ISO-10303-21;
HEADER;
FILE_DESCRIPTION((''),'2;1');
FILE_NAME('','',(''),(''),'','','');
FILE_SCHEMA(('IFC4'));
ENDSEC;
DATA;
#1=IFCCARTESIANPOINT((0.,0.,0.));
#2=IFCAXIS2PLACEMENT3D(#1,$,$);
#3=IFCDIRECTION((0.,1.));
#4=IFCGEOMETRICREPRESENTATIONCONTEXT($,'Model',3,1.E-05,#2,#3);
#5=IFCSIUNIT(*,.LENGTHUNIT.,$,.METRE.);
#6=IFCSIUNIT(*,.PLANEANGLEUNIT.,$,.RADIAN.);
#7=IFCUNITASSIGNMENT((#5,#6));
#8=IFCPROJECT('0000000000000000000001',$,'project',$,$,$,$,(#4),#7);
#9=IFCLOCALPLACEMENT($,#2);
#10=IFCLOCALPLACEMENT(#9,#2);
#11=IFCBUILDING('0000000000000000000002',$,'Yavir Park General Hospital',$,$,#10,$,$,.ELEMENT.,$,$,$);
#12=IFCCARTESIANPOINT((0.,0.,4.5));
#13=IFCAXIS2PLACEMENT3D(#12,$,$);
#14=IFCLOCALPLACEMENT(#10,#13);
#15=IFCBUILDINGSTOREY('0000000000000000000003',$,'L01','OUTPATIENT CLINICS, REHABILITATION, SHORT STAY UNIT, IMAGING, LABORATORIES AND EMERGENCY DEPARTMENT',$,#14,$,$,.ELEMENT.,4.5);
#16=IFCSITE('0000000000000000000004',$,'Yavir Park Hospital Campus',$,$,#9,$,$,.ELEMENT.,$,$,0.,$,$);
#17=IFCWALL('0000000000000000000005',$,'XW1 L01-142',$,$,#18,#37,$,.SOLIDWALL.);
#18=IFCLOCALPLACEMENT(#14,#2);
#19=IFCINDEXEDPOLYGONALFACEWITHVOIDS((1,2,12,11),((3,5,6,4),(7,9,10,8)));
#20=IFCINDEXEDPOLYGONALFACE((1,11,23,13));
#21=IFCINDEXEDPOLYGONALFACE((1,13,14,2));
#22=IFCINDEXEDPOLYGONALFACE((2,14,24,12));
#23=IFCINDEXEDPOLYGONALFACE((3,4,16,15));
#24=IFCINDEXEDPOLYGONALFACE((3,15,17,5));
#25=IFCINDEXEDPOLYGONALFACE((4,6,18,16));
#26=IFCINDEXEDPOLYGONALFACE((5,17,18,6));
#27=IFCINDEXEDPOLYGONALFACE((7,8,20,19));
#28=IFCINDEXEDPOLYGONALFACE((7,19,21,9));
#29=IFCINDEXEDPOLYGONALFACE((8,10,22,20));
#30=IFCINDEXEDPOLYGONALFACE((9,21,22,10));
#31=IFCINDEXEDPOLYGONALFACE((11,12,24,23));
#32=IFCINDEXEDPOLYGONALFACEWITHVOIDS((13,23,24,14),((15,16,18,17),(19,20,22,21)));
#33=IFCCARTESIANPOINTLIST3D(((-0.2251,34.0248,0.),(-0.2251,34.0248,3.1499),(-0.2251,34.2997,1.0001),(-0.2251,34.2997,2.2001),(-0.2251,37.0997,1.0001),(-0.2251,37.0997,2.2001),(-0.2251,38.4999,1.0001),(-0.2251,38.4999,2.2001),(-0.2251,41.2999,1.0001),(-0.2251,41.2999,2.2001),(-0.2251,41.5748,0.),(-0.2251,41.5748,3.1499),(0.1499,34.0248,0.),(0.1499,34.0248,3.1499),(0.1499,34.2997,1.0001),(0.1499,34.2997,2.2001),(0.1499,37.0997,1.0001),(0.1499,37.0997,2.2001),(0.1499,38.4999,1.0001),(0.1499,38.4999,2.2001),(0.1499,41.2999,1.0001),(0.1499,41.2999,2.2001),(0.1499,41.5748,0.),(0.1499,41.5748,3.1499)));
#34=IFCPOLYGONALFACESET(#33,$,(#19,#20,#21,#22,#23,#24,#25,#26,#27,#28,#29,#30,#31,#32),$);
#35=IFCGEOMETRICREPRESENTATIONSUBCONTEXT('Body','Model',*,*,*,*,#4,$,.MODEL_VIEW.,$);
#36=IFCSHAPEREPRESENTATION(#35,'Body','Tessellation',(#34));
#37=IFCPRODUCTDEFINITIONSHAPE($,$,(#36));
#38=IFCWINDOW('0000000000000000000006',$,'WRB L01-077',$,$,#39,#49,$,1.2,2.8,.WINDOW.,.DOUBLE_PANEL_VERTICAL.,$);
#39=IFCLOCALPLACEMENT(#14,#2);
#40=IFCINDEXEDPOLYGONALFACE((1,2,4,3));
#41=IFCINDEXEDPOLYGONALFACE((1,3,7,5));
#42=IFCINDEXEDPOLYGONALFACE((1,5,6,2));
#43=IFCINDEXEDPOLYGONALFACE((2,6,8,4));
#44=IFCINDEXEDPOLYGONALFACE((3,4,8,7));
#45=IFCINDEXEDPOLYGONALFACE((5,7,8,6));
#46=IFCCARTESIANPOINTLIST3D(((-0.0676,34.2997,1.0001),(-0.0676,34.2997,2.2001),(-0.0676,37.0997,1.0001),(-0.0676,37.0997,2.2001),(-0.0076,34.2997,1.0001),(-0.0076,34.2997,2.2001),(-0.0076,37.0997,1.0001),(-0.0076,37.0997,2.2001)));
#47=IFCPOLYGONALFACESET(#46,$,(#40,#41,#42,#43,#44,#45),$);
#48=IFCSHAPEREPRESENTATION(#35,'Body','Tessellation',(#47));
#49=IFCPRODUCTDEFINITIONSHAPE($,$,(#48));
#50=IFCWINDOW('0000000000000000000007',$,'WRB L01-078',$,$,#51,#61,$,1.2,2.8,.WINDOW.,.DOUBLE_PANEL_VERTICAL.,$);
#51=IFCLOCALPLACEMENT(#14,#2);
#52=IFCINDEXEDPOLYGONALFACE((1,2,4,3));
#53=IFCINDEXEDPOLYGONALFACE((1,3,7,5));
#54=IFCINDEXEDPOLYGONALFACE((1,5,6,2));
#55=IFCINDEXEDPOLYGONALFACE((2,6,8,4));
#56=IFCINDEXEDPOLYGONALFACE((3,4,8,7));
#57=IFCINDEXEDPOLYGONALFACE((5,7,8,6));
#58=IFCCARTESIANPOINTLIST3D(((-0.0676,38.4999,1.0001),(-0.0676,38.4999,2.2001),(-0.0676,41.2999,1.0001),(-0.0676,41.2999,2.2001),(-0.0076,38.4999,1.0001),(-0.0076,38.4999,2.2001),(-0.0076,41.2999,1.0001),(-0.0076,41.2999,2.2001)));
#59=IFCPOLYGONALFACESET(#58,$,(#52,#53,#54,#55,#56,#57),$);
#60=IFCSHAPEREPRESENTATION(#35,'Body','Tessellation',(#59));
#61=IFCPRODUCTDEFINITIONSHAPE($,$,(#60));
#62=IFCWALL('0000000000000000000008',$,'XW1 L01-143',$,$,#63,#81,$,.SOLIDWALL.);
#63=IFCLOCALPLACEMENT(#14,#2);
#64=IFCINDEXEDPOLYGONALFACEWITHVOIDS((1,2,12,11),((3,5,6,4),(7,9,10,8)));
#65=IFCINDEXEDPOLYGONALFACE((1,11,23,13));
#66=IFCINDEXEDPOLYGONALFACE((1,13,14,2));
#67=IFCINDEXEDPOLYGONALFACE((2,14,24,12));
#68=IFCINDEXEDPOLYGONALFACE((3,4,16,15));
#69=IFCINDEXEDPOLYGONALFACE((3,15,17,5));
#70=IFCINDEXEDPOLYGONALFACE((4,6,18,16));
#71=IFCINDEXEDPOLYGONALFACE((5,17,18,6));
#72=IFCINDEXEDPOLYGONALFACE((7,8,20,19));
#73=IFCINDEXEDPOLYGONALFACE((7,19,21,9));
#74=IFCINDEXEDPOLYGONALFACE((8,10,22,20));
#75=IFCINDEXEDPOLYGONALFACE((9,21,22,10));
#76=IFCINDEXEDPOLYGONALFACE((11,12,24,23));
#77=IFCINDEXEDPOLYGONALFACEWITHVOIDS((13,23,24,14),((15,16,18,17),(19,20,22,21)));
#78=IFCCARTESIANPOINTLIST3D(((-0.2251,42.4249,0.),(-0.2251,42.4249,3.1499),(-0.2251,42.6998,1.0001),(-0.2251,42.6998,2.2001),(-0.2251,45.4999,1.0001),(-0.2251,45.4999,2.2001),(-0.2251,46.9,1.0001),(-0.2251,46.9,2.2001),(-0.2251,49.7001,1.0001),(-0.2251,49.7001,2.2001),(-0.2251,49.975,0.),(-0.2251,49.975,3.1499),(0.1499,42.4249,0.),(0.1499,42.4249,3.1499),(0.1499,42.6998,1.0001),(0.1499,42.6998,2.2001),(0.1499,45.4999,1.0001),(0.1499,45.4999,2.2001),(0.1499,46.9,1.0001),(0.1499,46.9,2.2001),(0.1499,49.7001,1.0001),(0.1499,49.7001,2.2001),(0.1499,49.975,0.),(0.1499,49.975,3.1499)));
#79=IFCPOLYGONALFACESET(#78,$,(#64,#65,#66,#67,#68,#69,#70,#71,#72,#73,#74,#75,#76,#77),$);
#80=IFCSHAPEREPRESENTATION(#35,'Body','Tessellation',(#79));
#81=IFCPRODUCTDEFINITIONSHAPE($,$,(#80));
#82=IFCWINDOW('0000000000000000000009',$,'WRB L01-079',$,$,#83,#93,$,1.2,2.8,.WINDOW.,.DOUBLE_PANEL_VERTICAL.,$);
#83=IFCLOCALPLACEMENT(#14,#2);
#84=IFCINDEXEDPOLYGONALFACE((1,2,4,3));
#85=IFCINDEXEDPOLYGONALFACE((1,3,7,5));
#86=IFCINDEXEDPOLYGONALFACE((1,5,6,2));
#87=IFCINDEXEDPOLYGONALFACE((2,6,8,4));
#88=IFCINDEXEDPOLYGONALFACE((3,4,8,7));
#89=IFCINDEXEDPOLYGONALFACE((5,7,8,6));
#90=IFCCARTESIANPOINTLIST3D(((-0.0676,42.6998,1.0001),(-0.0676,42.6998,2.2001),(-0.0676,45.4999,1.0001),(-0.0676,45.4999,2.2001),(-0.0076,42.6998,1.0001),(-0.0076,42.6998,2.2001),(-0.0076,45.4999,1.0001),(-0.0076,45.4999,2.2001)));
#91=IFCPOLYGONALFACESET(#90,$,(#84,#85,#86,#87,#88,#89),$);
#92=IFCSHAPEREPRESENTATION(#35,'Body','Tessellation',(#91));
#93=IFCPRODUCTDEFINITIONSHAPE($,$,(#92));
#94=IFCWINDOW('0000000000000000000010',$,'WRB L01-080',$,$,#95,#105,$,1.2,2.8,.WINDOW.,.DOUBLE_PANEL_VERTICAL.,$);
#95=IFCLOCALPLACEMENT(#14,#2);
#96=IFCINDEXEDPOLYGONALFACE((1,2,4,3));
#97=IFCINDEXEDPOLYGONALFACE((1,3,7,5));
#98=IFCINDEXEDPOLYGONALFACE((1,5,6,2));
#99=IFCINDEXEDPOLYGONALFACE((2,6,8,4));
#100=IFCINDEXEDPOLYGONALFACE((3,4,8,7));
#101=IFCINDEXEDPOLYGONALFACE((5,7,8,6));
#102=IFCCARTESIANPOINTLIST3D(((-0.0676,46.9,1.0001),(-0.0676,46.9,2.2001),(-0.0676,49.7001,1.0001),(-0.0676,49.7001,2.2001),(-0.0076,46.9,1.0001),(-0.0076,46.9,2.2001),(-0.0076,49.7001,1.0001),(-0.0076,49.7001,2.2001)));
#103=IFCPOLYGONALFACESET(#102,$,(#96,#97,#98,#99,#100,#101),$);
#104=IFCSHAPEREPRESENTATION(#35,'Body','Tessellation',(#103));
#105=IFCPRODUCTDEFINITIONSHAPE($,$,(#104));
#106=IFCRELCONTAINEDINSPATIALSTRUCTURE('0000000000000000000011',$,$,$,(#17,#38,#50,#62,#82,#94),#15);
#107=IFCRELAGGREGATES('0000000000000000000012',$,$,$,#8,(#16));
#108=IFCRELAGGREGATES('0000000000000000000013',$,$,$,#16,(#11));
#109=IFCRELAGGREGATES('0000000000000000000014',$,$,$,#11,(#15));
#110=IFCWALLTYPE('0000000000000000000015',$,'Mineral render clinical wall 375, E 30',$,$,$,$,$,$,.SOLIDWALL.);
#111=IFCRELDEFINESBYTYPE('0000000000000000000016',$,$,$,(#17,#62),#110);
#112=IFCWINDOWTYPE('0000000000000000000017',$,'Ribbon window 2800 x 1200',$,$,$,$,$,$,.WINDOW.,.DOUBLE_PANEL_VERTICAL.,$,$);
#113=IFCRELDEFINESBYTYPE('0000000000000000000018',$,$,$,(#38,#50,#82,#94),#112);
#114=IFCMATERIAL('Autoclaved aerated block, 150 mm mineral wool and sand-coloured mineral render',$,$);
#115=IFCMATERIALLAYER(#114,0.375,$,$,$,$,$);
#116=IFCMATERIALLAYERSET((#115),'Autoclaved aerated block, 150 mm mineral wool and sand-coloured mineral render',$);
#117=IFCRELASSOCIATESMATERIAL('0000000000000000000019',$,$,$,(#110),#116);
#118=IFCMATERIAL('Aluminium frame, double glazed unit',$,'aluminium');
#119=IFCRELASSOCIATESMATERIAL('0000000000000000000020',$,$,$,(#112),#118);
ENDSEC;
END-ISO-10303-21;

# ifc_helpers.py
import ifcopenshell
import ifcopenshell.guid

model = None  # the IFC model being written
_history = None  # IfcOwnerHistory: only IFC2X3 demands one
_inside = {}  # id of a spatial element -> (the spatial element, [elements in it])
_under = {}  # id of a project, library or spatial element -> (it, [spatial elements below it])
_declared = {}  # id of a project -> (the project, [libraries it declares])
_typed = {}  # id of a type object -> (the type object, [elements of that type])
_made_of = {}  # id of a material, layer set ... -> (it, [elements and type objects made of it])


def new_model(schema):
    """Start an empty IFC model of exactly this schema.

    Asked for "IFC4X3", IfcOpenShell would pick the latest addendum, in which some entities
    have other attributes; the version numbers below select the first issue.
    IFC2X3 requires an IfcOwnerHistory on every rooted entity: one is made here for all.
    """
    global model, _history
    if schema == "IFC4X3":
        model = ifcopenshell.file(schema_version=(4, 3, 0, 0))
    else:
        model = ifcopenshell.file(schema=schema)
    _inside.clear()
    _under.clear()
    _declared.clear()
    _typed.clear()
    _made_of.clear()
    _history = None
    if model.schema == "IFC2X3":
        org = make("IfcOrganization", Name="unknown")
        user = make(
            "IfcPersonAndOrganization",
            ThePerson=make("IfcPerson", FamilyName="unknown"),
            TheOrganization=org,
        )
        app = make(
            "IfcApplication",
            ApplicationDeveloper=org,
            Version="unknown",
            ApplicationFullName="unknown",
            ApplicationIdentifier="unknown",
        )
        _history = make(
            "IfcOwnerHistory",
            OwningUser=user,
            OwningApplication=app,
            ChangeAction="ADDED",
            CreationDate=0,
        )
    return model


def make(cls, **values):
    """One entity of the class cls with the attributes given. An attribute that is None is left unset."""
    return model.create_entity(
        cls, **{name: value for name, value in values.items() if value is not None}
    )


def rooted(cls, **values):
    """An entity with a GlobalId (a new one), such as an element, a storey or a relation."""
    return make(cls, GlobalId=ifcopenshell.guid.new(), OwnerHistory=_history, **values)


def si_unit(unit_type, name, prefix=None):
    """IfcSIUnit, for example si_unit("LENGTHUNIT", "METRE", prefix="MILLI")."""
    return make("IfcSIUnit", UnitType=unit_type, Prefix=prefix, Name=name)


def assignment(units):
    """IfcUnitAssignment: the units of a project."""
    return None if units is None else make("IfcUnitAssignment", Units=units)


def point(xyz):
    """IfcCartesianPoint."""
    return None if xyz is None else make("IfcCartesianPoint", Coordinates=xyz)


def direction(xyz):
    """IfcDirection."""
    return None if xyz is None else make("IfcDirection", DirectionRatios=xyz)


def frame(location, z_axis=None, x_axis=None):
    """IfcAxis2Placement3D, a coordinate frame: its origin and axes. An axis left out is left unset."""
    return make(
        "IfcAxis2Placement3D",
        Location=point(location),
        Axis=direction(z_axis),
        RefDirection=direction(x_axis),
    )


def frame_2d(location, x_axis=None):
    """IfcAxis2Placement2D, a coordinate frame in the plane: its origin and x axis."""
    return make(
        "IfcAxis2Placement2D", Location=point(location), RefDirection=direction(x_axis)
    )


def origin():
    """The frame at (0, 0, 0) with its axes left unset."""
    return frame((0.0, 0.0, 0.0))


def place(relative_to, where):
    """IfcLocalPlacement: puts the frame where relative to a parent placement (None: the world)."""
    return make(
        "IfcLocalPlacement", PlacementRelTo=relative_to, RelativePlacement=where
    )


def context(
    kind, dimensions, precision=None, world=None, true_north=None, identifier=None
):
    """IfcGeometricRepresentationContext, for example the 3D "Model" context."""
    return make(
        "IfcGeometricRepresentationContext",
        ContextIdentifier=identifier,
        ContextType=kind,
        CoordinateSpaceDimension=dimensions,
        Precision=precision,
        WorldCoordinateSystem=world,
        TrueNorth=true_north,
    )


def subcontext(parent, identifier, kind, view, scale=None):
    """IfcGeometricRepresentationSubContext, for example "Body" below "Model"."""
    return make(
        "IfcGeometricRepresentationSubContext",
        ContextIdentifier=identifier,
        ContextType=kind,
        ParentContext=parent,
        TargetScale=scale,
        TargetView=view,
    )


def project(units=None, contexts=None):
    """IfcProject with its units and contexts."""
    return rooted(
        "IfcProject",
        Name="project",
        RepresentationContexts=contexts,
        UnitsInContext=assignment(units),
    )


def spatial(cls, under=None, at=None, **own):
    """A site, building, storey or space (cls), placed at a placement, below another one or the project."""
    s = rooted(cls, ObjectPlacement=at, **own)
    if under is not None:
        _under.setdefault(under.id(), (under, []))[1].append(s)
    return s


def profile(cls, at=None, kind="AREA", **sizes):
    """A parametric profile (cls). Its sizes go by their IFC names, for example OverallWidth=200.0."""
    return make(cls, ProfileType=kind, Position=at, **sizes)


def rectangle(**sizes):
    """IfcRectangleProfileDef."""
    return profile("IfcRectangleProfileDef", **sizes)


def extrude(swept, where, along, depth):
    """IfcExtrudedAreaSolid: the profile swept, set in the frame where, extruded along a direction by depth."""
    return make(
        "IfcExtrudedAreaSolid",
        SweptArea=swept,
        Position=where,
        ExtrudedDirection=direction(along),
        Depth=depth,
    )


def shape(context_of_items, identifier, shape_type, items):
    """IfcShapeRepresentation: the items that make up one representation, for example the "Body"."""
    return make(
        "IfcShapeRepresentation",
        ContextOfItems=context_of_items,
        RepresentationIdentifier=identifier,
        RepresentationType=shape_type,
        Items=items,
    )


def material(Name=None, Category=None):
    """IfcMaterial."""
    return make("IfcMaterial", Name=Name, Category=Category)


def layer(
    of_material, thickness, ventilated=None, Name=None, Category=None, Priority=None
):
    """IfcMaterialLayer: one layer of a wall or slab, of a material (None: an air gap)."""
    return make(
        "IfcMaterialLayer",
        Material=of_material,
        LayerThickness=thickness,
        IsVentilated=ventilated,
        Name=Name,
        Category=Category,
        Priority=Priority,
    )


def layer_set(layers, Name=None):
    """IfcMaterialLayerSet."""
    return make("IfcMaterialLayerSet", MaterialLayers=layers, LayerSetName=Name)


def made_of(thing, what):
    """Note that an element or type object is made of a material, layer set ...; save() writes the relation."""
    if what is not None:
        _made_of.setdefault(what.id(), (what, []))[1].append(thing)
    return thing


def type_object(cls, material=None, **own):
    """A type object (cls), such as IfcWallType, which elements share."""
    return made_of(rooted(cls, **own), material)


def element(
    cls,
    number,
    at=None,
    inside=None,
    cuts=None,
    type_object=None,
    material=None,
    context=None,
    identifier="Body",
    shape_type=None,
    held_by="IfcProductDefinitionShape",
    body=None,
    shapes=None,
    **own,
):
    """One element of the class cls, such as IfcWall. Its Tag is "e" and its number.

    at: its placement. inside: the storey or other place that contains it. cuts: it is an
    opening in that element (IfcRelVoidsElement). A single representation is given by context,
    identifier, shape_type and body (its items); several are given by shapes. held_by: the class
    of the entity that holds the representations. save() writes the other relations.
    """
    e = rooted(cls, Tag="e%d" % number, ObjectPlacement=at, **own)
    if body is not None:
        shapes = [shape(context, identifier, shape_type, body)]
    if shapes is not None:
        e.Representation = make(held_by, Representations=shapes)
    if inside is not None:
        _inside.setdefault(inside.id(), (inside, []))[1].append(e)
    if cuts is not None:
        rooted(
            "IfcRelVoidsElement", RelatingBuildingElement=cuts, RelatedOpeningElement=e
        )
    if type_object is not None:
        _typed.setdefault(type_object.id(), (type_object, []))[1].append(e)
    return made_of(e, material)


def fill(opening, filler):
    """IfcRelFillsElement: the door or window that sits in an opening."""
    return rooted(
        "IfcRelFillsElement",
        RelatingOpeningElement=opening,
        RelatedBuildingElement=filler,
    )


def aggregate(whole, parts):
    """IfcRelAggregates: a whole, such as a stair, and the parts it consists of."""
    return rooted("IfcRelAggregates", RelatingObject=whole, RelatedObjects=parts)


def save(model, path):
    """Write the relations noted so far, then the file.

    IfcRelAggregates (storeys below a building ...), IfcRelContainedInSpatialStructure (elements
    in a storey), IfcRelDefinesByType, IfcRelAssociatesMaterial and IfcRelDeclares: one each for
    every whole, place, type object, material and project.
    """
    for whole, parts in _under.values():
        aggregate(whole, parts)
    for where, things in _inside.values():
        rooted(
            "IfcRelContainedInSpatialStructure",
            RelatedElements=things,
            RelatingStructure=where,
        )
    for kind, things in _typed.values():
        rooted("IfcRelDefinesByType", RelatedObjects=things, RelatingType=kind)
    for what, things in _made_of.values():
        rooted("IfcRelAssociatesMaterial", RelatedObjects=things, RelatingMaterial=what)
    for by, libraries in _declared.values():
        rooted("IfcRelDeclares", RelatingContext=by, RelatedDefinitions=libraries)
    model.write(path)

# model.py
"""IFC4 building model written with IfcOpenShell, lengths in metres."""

from ifc_helpers import new_model, si_unit, direction, frame, frame_2d, origin, place, context, subcontext, project, spatial, rectangle, extrude, material, layer, layer_set, type_object, element, fill, save


model = new_model("IFC4")

# Units and contexts
model_context = context("Model", 3, precision=1e-05, world=origin(), true_north=direction((0.0, 1.0)))
body_context = subcontext(model_context, "Body", "Model", "MODEL_VIEW")
ifc_project = project(units=[si_unit("LENGTHUNIT", "METRE"), si_unit("PLANEANGLEUNIT", "RADIAN")], contexts=[model_context])

# Site, building, storey
site_placement = place(None, origin())
site = spatial("IfcSite", under=ifc_project, at=site_placement, Name="Yavir Park Hospital Campus", CompositionType="ELEMENT", RefElevation=0.0)
building_placement = place(site_placement, origin())
building = spatial("IfcBuilding", under=site, at=building_placement, Name="Yavir Park General Hospital", CompositionType="ELEMENT")
storey_placement = place(building_placement, frame((0.0, 0.0, 4.5)))
storey = spatial("IfcBuildingStorey", under=building, at=storey_placement, Name="L01", Description="OUTPATIENT CLINICS, REHABILITATION, SHORT STAY UNIT, IMAGING, LABORATORIES AND EMERGENCY DEPARTMENT", CompositionType="ELEMENT", Elevation=4.5)

# Walls, openings, windows
ifc_material_1 = material(Name="Autoclaved aerated block, 150 mm mineral wool and sand-coloured mineral render")
ifc_layer_1 = layer(ifc_material_1, 0.375)
ifc_layer_set_1 = layer_set([ifc_layer_1], Name="Autoclaved aerated block, 150 mm mineral wool and sand-coloured mineral render")
wall_type_1 = type_object("IfcWallType", Name="Mineral render clinical wall 375, E 30", PredefinedType="SOLIDWALL", material=ifc_layer_set_1)
wall_1_placement = place(storey_placement, frame((-0.0376, 34.0249, 0.0), z_axis=(0.0, 0.0, 1.0), x_axis=(0.0, 1.0, 0.0)))
wall_1 = element("IfcWall", 1, at=wall_1_placement, inside=storey, type_object=wall_type_1, Name="XW1 L01-142", PredefinedType="SOLIDWALL", context=body_context, shape_type="SweptSolid", body=[
    extrude(rectangle(XDim=7.55, YDim=0.375, at=frame_2d((3.7749, 0.0))), origin(), (0.0, 0.0, 1.0), 3.1499),
])
opening_1_placement = place(wall_1_placement, frame((0.2749, 0.0, 1.0)))
opening_1 = element("IfcOpeningElement", 2, at=opening_1_placement, cuts=wall_1, PredefinedType="OPENING", context=body_context, shape_type="SweptSolid", body=[
    extrude(rectangle(XDim=2.8, YDim=1.2, at=frame_2d((1.3999, 0.6001))), frame((0.0, 0.1975, 0.0), z_axis=(0.0, -1.0, 0.0), x_axis=(1.0, 0.0, 0.0)), (0.0, 0.0, 1.0), 0.395),
])
opening_2_placement = place(wall_1_placement, frame((4.4751, 0.0, 1.0)))
opening_2 = element("IfcOpeningElement", 3, at=opening_2_placement, cuts=wall_1, PredefinedType="OPENING", context=body_context, shape_type="SweptSolid", body=[
    extrude(rectangle(XDim=2.8, YDim=1.2, at=frame_2d((1.3999, 0.6001))), frame((0.0, 0.1975, 0.0), z_axis=(0.0, -1.0, 0.0), x_axis=(1.0, 0.0, 0.0)), (0.0, 0.0, 1.0), 0.395),
])
ifc_material_2 = material(Name="Aluminium frame, double glazed unit", Category="aluminium")
window_type = type_object("IfcWindowType", Name="Ribbon window 2800 x 1200", PartitioningType="DOUBLE_PANEL_VERTICAL", PredefinedType="WINDOW", material=ifc_material_2)
window_1_placement = place(opening_1_placement, origin())
window_1 = element("IfcWindow", 4, at=window_1_placement, inside=storey, type_object=window_type, Name="WRB L01-077", OverallHeight=1.2, OverallWidth=2.8, PartitioningType="DOUBLE_PANEL_VERTICAL", PredefinedType="WINDOW", context=body_context, shape_type="SweptSolid", body=[
    extrude(rectangle(XDim=2.8, YDim=1.2, at=frame_2d((1.3999, 0.6001))), frame((0.0, 0.03, 0.0), z_axis=(0.0, -1.0, 0.0), x_axis=(1.0, 0.0, 0.0)), (0.0, 0.0, 1.0), 0.0601),
])
fill(opening_1, window_1)
window_2_placement = place(opening_2_placement, origin())
window_2 = element("IfcWindow", 5, at=window_2_placement, inside=storey, type_object=window_type, Name="WRB L01-078", OverallHeight=1.2, OverallWidth=2.8, PartitioningType="DOUBLE_PANEL_VERTICAL", PredefinedType="WINDOW", context=body_context, shape_type="SweptSolid", body=[
    extrude(rectangle(XDim=2.8, YDim=1.2, at=frame_2d((1.3999, 0.6001))), frame((0.0, 0.03, 0.0), z_axis=(0.0, -1.0, 0.0), x_axis=(1.0, 0.0, 0.0)), (0.0, 0.0, 1.0), 0.0601),
])
fill(opening_2, window_2)
wall_2_placement = place(storey_placement, frame((-0.0376, 42.425, 0.0), z_axis=(0.0, 0.0, 1.0), x_axis=(0.0, 1.0, 0.0)))
wall_2 = element("IfcWall", 6, at=wall_2_placement, inside=storey, type_object=wall_type_1, Name="XW1 L01-143", PredefinedType="SOLIDWALL", context=body_context, shape_type="SweptSolid", body=[
    extrude(rectangle(XDim=7.55, YDim=0.375, at=frame_2d((3.7749, 0.0))), origin(), (0.0, 0.0, 1.0), 3.1499),
])
opening_3_placement = place(wall_2_placement, frame((0.2749, 0.0, 1.0)))
opening_3 = element("IfcOpeningElement", 7, at=opening_3_placement, cuts=wall_2, PredefinedType="OPENING", context=body_context, shape_type="SweptSolid", body=[
    extrude(rectangle(XDim=2.8, YDim=1.2, at=frame_2d((1.3999, 0.6001))), frame((0.0, 0.1975, 0.0), z_axis=(0.0, -1.0, 0.0), x_axis=(1.0, 0.0, 0.0)), (0.0, 0.0, 1.0), 0.395),
])
opening_4_placement = place(wall_2_placement, frame((4.4751, 0.0, 1.0)))
opening_4 = element("IfcOpeningElement", 8, at=opening_4_placement, cuts=wall_2, PredefinedType="OPENING", context=body_context, shape_type="SweptSolid", body=[
    extrude(rectangle(XDim=2.8, YDim=1.2, at=frame_2d((1.3999, 0.6001))), frame((0.0, 0.1975, 0.0), z_axis=(0.0, -1.0, 0.0), x_axis=(1.0, 0.0, 0.0)), (0.0, 0.0, 1.0), 0.395),
])
window_3_placement = place(opening_3_placement, origin())
window_3 = element("IfcWindow", 9, at=window_3_placement, inside=storey, type_object=window_type, Name="WRB L01-079", OverallHeight=1.2, OverallWidth=2.8, PartitioningType="DOUBLE_PANEL_VERTICAL", PredefinedType="WINDOW", context=body_context, shape_type="SweptSolid", body=[
    extrude(rectangle(XDim=2.8, YDim=1.2, at=frame_2d((1.3999, 0.6001))), frame((0.0, 0.03, 0.0), z_axis=(0.0, -1.0, 0.0), x_axis=(1.0, 0.0, 0.0)), (0.0, 0.0, 1.0), 0.0601),
])
fill(opening_3, window_3)
window_4_placement = place(opening_4_placement, origin())
window_4 = element("IfcWindow", 10, at=window_4_placement, inside=storey, type_object=window_type, Name="WRB L01-080", OverallHeight=1.2, OverallWidth=2.8, PartitioningType="DOUBLE_PANEL_VERTICAL", PredefinedType="WINDOW", context=body_context, shape_type="SweptSolid", body=[
    extrude(rectangle(XDim=2.8, YDim=1.2, at=frame_2d((1.3999, 0.6001))), frame((0.0, 0.03, 0.0), z_axis=(0.0, -1.0, 0.0), x_axis=(1.0, 0.0, 0.0)), (0.0, 0.0, 1.0), 0.0601),
])
fill(opening_4, window_4)

save(model, "model.ifc")
